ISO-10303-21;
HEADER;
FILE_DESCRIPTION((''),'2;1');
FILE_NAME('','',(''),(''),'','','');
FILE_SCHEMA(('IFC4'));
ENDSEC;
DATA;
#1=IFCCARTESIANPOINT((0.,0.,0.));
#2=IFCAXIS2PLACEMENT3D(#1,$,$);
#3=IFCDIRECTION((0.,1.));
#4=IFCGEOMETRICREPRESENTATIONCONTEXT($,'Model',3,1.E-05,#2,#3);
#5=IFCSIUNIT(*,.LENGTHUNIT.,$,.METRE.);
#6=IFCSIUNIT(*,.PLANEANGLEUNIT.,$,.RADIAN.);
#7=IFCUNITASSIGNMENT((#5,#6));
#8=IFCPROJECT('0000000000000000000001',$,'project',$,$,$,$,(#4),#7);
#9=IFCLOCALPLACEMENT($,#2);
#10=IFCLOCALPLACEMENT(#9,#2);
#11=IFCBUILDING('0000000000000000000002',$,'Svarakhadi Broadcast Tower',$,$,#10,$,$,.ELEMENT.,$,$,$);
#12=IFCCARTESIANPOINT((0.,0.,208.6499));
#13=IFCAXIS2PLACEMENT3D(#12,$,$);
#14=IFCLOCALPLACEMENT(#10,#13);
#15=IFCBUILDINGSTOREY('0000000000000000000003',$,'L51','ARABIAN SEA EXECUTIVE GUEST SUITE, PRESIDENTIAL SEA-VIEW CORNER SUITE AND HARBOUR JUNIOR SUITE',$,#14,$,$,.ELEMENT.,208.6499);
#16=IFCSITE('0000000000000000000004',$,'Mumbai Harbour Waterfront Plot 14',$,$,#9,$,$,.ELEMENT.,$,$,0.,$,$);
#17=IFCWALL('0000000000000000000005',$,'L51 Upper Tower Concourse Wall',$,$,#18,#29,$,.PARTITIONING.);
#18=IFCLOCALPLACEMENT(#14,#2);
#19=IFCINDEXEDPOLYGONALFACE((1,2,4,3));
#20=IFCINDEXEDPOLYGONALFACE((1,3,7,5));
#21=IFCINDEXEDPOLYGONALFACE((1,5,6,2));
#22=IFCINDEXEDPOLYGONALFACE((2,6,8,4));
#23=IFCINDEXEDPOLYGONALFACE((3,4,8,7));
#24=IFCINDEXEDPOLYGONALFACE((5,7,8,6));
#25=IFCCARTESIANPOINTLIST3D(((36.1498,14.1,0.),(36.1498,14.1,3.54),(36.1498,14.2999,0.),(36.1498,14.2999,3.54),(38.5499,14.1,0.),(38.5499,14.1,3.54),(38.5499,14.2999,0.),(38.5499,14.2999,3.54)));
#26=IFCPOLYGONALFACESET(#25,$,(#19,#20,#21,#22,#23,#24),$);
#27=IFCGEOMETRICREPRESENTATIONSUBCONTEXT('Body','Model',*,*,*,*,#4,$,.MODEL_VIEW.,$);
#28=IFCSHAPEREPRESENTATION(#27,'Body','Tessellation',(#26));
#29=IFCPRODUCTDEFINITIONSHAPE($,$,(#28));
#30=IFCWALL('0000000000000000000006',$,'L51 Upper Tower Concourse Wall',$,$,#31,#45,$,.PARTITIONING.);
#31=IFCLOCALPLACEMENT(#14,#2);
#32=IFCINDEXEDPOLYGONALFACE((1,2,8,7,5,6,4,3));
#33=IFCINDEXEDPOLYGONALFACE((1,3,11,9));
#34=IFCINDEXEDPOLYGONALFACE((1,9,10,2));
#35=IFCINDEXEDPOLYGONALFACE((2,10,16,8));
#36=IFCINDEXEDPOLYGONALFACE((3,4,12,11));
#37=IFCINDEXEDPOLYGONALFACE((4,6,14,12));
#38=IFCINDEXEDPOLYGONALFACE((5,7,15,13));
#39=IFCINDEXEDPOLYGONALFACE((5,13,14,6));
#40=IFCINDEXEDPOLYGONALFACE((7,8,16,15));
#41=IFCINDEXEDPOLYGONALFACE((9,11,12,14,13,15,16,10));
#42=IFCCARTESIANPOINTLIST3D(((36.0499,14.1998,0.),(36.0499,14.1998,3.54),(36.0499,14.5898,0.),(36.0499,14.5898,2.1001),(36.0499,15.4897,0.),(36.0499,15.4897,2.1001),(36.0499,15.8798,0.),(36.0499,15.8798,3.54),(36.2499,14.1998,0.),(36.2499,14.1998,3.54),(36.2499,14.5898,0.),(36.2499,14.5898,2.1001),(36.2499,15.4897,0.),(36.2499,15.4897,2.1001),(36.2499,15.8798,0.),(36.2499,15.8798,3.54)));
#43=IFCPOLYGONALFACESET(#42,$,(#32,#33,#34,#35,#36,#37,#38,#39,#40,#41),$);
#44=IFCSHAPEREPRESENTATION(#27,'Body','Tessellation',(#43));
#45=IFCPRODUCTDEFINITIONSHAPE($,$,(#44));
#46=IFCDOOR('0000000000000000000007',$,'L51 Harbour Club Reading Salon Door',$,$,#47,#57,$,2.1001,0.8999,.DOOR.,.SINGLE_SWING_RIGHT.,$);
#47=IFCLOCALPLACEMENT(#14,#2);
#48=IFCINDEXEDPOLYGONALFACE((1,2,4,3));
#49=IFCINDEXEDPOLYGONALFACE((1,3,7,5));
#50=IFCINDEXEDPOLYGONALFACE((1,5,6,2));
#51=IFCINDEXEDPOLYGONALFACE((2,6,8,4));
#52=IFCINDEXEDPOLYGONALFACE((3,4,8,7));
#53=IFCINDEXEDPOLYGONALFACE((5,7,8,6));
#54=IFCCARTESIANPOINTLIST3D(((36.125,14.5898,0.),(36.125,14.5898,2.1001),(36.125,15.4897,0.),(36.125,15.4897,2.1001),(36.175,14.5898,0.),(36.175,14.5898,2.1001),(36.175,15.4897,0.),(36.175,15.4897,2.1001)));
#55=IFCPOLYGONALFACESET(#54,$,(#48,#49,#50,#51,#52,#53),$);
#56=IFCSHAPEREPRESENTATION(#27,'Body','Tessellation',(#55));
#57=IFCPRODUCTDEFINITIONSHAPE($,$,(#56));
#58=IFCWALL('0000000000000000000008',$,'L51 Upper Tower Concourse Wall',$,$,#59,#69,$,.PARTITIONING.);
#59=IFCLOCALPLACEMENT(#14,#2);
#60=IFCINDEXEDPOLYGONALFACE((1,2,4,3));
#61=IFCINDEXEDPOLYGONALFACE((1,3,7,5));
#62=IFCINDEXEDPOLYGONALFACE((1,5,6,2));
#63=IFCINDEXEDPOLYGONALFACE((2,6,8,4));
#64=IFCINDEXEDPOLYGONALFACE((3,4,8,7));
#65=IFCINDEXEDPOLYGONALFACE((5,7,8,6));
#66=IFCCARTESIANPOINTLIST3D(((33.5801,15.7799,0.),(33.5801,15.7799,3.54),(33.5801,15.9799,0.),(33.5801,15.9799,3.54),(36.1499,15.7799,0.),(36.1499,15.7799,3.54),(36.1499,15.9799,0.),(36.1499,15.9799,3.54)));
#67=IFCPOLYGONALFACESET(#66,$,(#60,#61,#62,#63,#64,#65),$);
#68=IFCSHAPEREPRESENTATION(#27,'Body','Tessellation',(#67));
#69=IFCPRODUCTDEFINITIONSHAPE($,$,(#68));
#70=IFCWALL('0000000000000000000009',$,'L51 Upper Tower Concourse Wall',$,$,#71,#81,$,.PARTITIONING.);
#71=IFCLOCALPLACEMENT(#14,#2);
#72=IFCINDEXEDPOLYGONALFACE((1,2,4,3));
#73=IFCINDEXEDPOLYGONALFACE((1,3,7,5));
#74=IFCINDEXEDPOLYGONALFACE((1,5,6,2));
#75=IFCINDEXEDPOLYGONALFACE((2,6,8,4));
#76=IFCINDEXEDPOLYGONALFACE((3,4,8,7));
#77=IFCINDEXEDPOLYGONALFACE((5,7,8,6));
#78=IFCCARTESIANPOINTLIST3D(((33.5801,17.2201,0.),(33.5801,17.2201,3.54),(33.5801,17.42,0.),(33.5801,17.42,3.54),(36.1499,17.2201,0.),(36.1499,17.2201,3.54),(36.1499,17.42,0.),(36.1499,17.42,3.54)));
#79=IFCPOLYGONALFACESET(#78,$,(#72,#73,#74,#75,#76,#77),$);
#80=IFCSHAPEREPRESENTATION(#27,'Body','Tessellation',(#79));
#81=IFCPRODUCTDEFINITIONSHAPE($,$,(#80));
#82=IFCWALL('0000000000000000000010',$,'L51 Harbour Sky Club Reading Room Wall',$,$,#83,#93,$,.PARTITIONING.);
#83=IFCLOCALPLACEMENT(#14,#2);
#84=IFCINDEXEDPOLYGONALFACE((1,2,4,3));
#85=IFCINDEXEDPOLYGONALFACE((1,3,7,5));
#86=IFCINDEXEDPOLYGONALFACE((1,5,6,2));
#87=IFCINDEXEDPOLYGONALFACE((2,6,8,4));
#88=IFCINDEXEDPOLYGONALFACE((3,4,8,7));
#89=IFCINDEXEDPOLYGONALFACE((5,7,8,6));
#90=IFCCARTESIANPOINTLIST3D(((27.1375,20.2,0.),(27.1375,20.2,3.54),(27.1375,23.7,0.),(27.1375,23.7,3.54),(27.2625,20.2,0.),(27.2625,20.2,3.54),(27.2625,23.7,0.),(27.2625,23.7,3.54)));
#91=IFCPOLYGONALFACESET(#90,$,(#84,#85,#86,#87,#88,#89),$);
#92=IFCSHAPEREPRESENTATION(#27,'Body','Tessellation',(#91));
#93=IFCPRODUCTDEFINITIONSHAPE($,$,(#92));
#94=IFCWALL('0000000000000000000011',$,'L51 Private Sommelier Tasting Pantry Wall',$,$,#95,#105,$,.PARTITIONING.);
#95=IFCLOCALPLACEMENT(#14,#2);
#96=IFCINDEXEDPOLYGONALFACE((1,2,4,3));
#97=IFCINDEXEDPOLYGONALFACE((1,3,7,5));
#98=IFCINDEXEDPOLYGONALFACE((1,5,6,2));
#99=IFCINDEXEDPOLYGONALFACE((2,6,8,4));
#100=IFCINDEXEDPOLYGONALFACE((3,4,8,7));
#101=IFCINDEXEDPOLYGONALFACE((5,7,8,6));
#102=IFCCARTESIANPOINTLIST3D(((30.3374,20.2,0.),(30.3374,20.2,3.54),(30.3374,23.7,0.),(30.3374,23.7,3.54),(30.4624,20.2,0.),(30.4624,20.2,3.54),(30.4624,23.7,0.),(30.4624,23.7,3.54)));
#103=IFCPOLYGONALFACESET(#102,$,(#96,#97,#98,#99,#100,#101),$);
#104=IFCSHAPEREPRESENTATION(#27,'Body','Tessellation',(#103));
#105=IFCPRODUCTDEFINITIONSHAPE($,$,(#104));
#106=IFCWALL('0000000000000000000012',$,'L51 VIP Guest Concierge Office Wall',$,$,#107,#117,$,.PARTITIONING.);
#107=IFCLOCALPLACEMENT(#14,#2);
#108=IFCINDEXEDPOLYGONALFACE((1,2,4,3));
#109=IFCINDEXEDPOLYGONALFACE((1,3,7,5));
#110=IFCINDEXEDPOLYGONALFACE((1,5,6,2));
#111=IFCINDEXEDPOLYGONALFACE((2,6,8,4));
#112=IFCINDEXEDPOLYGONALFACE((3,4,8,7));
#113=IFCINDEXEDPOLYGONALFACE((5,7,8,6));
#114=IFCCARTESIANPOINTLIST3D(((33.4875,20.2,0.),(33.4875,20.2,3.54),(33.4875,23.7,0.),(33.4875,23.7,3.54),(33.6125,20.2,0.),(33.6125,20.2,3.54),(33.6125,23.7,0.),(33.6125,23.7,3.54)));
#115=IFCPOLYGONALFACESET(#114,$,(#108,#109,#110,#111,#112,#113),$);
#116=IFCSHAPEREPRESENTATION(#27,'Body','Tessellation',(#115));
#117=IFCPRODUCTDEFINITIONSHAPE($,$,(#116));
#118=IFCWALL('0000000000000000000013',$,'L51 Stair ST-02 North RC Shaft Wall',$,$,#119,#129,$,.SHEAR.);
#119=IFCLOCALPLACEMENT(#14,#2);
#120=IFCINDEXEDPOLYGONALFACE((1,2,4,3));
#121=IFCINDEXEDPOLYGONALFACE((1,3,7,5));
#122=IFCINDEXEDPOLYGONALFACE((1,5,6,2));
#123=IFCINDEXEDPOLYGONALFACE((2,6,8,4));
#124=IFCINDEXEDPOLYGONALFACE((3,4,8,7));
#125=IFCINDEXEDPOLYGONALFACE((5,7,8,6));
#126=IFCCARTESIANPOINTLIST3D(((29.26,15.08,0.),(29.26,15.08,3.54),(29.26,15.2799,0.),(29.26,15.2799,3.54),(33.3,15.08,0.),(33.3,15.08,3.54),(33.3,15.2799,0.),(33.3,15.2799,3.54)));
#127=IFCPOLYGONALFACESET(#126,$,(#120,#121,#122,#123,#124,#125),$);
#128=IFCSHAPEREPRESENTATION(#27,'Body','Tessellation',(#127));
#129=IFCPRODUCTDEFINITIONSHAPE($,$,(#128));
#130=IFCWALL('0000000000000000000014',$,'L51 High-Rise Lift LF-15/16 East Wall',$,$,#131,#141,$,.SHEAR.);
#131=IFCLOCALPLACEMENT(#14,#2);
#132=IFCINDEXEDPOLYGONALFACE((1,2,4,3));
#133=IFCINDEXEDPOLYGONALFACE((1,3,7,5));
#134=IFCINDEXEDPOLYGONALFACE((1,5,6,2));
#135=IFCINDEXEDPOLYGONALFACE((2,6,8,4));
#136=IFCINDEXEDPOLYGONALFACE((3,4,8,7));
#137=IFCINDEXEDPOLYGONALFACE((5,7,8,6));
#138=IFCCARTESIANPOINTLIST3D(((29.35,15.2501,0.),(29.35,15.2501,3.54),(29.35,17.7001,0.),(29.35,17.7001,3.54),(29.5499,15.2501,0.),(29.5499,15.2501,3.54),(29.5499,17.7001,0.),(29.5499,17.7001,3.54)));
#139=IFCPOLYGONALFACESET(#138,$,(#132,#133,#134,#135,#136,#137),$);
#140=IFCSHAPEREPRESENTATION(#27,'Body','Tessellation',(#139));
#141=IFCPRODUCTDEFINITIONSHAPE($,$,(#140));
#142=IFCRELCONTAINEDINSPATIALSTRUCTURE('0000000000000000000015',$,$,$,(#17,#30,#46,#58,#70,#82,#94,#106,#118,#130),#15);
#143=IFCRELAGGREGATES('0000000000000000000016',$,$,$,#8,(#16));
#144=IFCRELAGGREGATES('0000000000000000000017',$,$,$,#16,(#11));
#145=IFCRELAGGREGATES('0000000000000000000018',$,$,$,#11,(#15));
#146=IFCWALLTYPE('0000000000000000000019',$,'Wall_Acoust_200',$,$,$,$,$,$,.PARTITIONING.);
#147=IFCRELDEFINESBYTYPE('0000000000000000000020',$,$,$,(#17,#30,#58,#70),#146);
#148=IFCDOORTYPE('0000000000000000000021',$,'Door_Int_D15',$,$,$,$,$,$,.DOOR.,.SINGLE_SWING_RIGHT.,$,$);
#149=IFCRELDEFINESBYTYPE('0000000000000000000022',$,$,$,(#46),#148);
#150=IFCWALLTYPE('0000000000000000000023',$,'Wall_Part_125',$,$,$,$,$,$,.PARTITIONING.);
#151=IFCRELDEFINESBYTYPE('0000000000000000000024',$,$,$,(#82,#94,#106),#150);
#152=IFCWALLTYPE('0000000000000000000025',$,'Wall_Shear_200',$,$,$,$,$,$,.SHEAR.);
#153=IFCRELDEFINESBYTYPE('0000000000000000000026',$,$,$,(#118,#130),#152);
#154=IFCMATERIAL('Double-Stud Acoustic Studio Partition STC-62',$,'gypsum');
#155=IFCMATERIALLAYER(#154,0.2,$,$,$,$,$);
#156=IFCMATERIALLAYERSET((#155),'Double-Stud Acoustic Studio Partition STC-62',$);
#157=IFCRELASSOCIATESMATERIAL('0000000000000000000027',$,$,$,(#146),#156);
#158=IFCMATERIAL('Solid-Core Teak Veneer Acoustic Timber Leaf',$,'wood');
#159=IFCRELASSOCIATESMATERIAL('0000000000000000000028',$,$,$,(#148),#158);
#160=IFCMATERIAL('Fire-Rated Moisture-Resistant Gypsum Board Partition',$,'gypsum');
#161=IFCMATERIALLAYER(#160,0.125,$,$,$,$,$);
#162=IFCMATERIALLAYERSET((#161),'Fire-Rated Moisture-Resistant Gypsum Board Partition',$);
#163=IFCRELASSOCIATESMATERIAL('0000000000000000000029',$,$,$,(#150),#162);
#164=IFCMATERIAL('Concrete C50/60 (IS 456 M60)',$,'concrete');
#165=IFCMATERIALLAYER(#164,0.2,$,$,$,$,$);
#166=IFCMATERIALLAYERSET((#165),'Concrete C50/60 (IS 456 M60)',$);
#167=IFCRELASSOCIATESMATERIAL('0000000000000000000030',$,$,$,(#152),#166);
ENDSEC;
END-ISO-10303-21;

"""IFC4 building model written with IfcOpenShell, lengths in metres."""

from ifc_helpers import new_model, si_unit, direction, frame, frame_2d, origin, place, context, subcontext, project, spatial, rectangle, extrude, material, layer, layer_set, type_object, element, fill, save


model = new_model("IFC4")

# Units and contexts
model_context = context("Model", 3, precision=1e-05, world=origin(), true_north=direction((0.0, 1.0)))
body_context = subcontext(model_context, "Body", "Model", "MODEL_VIEW")
ifc_project = project(units=[si_unit("LENGTHUNIT", "METRE"), si_unit("PLANEANGLEUNIT", "RADIAN")], contexts=[model_context])

# Site, building, storey
site_placement = place(None, origin())
site = spatial("IfcSite", under=ifc_project, at=site_placement, Name="Mumbai Harbour Waterfront Plot 14", CompositionType="ELEMENT", RefElevation=0.0)
building_placement = place(site_placement, origin())
building = spatial("IfcBuilding", under=site, at=building_placement, Name="Svarakhadi Broadcast Tower", CompositionType="ELEMENT")
storey_placement = place(building_placement, frame((0.0, 0.0, 208.6499)))
storey = spatial("IfcBuildingStorey", under=building, at=storey_placement, Name="L51", Description="ARABIAN SEA EXECUTIVE GUEST SUITE, PRESIDENTIAL SEA-VIEW CORNER SUITE AND HARBOUR JUNIOR SUITE", CompositionType="ELEMENT", Elevation=208.6499)

# Shared definitions
ifc_material_1 = material(Name="Concrete C50/60 (IS 456 M60)", Category="concrete")

# Wall
ifc_material_2 = material(Name="Double-Stud Acoustic Studio Partition STC-62", Category="gypsum")
ifc_layer_1 = layer(ifc_material_2, 0.2)
ifc_layer_set_1 = layer_set([ifc_layer_1], Name="Double-Stud Acoustic Studio Partition STC-62")
wall_type_1 = type_object("IfcWallType", Name="Wall_Acoust_200", PredefinedType="PARTITIONING", material=ifc_layer_set_1)
wall_1_placement = place(storey_placement, frame((38.55, 14.2, 0.0), z_axis=(0.0, 0.0, 1.0), x_axis=(-1.0, 0.0, 0.0)))
element("IfcWall", 1, at=wall_1_placement, inside=storey, type_object=wall_type_1, Name="L51 Upper Tower Concourse Wall", PredefinedType="PARTITIONING", context=body_context, shape_type="SweptSolid", body=[
    extrude(rectangle(XDim=2.4001, YDim=0.2, at=frame_2d((1.2002, 0.0))), origin(), (0.0, 0.0, 1.0), 3.54),
])

# Wall, opening, door
wall_2_placement = place(storey_placement, frame((36.1499, 14.2, 0.0), z_axis=(0.0, 0.0, 1.0), x_axis=(0.0, 1.0, 0.0)))
wall_2 = element("IfcWall", 2, at=wall_2_placement, inside=storey, type_object=wall_type_1, Name="L51 Upper Tower Concourse Wall", PredefinedType="PARTITIONING", context=body_context, shape_type="SweptSolid", body=[
    extrude(rectangle(XDim=1.6799, YDim=0.2, at=frame_2d((0.8398, 0.0))), origin(), (0.0, 0.0, 1.0), 3.54),
])
opening_1_placement = place(wall_2_placement, frame((0.3899, 0.0, 0.0)))
opening_1 = element("IfcOpeningElement", 3, at=opening_1_placement, cuts=wall_2, PredefinedType="OPENING", context=body_context, shape_type="SweptSolid", body=[
    extrude(rectangle(XDim=0.8999, YDim=2.1001, at=frame_2d((0.45, 1.05))), frame((0.0, 0.1099, 0.0), z_axis=(0.0, -1.0, 0.0), x_axis=(1.0, 0.0, 0.0)), (0.0, 0.0, 1.0), 0.22),
])
ifc_material_3 = material(Name="Solid-Core Teak Veneer Acoustic Timber Leaf", Category="wood")
door_type_1 = type_object("IfcDoorType", Name="Door_Int_D15", OperationType="SINGLE_SWING_RIGHT", PredefinedType="DOOR", material=ifc_material_3)
door_1_placement = place(opening_1_placement, origin())
door_1 = element("IfcDoor", 4, at=door_1_placement, inside=storey, type_object=door_type_1, Name="L51 Harbour Club Reading Salon Door", OperationType="SINGLE_SWING_RIGHT", OverallHeight=2.1001, OverallWidth=0.8999, PredefinedType="DOOR", context=body_context, shape_type="SweptSolid", body=[
    extrude(rectangle(XDim=0.8999, YDim=2.1001, at=frame_2d((0.45, 1.05))), frame((0.0, 0.0249, 0.0), z_axis=(0.0, -1.0, 0.0), x_axis=(1.0, 0.0, 0.0)), (0.0, 0.0, 1.0), 0.05),
])
fill(opening_1, door_1)

# Walls
for number, where, z_axis, x_axis, name in (
    (5, (36.1499, 15.8799, 0.0), (0.0, 0.0, 1.0), (-1.0, 0.0, 0.0), "L51 Upper Tower Concourse Wall"),
    (6, (33.5801, 17.3201, 0.0), (0.0, 0.0, 1.0), (1.0, 0.0, 0.0), "L51 Upper Tower Concourse Wall"),
):
    element("IfcWall", number, at=place(storey_placement, frame(where, z_axis=z_axis, x_axis=x_axis)), inside=storey, type_object=wall_type_1, Name=name, PredefinedType="PARTITIONING", context=body_context, shape_type="SweptSolid", body=[
        extrude(rectangle(XDim=2.5698, YDim=0.2, at=frame_2d((1.2849, 0.0))), origin(), (0.0, 0.0, 1.0), 3.54),
    ])
ifc_material_4 = material(Name="Fire-Rated Moisture-Resistant Gypsum Board Partition", Category="gypsum")
ifc_layer_2 = layer(ifc_material_4, 0.125)
ifc_layer_set_2 = layer_set([ifc_layer_2], Name="Fire-Rated Moisture-Resistant Gypsum Board Partition")
wall_type_2 = type_object("IfcWallType", Name="Wall_Part_125", PredefinedType="PARTITIONING", material=ifc_layer_set_2)
for number, where, z_axis, x_axis, name in (
    (7, (27.2, 20.2, 0.0), (0.0, 0.0, 1.0), (0.0, 1.0, 0.0), "L51 Harbour Sky Club Reading Room Wall"),
    (8, (30.3999, 20.2, 0.0), (0.0, 0.0, 1.0), (0.0, 1.0, 0.0), "L51 Private Sommelier Tasting Pantry Wall"),
    (9, (33.55, 20.2, 0.0), (0.0, 0.0, 1.0), (0.0, 1.0, 0.0), "L51 VIP Guest Concierge Office Wall"),
):
    element("IfcWall", number, at=place(storey_placement, frame(where, z_axis=z_axis, x_axis=x_axis)), inside=storey, type_object=wall_type_2, Name=name, PredefinedType="PARTITIONING", context=body_context, shape_type="SweptSolid", body=[
        extrude(rectangle(XDim=3.5, YDim=0.125, at=frame_2d((1.75, 0.0))), origin(), (0.0, 0.0, 1.0), 3.54),
    ])

# Walls
ifc_layer_3 = layer(ifc_material_1, 0.2)
ifc_layer_set_3 = layer_set([ifc_layer_3], Name="Concrete C50/60 (IS 456 M60)")
wall_type_3 = type_object("IfcWallType", Name="Wall_Shear_200", PredefinedType="SHEAR", material=ifc_layer_set_3)
wall_3_placement = place(storey_placement, frame((29.26, 15.1799, 0.0), z_axis=(0.0, 0.0, 1.0), x_axis=(1.0, 0.0, 0.0)))
element("IfcWall", 10, at=wall_3_placement, inside=storey, type_object=wall_type_3, Name="L51 Stair ST-02 North RC Shaft Wall", PredefinedType="SHEAR", context=body_context, shape_type="SweptSolid", body=[
    extrude(rectangle(XDim=4.04, YDim=0.2, at=frame_2d((2.02, 0.0))), origin(), (0.0, 0.0, 1.0), 3.54),
])
wall_4_placement = place(storey_placement, frame((29.45, 15.25, 0.0), z_axis=(0.0, 0.0, 1.0), x_axis=(0.0, 1.0, 0.0)))
element("IfcWall", 11, at=wall_4_placement, inside=storey, type_object=wall_type_3, Name="L51 High-Rise Lift LF-15/16 East Wall", PredefinedType="SHEAR", context=body_context, shape_type="SweptSolid", body=[
    extrude(rectangle(XDim=2.45, YDim=0.2, at=frame_2d((1.2251, 0.0))), origin(), (0.0, 0.0, 1.0), 3.54),
])

save(model, "model.ifc")
